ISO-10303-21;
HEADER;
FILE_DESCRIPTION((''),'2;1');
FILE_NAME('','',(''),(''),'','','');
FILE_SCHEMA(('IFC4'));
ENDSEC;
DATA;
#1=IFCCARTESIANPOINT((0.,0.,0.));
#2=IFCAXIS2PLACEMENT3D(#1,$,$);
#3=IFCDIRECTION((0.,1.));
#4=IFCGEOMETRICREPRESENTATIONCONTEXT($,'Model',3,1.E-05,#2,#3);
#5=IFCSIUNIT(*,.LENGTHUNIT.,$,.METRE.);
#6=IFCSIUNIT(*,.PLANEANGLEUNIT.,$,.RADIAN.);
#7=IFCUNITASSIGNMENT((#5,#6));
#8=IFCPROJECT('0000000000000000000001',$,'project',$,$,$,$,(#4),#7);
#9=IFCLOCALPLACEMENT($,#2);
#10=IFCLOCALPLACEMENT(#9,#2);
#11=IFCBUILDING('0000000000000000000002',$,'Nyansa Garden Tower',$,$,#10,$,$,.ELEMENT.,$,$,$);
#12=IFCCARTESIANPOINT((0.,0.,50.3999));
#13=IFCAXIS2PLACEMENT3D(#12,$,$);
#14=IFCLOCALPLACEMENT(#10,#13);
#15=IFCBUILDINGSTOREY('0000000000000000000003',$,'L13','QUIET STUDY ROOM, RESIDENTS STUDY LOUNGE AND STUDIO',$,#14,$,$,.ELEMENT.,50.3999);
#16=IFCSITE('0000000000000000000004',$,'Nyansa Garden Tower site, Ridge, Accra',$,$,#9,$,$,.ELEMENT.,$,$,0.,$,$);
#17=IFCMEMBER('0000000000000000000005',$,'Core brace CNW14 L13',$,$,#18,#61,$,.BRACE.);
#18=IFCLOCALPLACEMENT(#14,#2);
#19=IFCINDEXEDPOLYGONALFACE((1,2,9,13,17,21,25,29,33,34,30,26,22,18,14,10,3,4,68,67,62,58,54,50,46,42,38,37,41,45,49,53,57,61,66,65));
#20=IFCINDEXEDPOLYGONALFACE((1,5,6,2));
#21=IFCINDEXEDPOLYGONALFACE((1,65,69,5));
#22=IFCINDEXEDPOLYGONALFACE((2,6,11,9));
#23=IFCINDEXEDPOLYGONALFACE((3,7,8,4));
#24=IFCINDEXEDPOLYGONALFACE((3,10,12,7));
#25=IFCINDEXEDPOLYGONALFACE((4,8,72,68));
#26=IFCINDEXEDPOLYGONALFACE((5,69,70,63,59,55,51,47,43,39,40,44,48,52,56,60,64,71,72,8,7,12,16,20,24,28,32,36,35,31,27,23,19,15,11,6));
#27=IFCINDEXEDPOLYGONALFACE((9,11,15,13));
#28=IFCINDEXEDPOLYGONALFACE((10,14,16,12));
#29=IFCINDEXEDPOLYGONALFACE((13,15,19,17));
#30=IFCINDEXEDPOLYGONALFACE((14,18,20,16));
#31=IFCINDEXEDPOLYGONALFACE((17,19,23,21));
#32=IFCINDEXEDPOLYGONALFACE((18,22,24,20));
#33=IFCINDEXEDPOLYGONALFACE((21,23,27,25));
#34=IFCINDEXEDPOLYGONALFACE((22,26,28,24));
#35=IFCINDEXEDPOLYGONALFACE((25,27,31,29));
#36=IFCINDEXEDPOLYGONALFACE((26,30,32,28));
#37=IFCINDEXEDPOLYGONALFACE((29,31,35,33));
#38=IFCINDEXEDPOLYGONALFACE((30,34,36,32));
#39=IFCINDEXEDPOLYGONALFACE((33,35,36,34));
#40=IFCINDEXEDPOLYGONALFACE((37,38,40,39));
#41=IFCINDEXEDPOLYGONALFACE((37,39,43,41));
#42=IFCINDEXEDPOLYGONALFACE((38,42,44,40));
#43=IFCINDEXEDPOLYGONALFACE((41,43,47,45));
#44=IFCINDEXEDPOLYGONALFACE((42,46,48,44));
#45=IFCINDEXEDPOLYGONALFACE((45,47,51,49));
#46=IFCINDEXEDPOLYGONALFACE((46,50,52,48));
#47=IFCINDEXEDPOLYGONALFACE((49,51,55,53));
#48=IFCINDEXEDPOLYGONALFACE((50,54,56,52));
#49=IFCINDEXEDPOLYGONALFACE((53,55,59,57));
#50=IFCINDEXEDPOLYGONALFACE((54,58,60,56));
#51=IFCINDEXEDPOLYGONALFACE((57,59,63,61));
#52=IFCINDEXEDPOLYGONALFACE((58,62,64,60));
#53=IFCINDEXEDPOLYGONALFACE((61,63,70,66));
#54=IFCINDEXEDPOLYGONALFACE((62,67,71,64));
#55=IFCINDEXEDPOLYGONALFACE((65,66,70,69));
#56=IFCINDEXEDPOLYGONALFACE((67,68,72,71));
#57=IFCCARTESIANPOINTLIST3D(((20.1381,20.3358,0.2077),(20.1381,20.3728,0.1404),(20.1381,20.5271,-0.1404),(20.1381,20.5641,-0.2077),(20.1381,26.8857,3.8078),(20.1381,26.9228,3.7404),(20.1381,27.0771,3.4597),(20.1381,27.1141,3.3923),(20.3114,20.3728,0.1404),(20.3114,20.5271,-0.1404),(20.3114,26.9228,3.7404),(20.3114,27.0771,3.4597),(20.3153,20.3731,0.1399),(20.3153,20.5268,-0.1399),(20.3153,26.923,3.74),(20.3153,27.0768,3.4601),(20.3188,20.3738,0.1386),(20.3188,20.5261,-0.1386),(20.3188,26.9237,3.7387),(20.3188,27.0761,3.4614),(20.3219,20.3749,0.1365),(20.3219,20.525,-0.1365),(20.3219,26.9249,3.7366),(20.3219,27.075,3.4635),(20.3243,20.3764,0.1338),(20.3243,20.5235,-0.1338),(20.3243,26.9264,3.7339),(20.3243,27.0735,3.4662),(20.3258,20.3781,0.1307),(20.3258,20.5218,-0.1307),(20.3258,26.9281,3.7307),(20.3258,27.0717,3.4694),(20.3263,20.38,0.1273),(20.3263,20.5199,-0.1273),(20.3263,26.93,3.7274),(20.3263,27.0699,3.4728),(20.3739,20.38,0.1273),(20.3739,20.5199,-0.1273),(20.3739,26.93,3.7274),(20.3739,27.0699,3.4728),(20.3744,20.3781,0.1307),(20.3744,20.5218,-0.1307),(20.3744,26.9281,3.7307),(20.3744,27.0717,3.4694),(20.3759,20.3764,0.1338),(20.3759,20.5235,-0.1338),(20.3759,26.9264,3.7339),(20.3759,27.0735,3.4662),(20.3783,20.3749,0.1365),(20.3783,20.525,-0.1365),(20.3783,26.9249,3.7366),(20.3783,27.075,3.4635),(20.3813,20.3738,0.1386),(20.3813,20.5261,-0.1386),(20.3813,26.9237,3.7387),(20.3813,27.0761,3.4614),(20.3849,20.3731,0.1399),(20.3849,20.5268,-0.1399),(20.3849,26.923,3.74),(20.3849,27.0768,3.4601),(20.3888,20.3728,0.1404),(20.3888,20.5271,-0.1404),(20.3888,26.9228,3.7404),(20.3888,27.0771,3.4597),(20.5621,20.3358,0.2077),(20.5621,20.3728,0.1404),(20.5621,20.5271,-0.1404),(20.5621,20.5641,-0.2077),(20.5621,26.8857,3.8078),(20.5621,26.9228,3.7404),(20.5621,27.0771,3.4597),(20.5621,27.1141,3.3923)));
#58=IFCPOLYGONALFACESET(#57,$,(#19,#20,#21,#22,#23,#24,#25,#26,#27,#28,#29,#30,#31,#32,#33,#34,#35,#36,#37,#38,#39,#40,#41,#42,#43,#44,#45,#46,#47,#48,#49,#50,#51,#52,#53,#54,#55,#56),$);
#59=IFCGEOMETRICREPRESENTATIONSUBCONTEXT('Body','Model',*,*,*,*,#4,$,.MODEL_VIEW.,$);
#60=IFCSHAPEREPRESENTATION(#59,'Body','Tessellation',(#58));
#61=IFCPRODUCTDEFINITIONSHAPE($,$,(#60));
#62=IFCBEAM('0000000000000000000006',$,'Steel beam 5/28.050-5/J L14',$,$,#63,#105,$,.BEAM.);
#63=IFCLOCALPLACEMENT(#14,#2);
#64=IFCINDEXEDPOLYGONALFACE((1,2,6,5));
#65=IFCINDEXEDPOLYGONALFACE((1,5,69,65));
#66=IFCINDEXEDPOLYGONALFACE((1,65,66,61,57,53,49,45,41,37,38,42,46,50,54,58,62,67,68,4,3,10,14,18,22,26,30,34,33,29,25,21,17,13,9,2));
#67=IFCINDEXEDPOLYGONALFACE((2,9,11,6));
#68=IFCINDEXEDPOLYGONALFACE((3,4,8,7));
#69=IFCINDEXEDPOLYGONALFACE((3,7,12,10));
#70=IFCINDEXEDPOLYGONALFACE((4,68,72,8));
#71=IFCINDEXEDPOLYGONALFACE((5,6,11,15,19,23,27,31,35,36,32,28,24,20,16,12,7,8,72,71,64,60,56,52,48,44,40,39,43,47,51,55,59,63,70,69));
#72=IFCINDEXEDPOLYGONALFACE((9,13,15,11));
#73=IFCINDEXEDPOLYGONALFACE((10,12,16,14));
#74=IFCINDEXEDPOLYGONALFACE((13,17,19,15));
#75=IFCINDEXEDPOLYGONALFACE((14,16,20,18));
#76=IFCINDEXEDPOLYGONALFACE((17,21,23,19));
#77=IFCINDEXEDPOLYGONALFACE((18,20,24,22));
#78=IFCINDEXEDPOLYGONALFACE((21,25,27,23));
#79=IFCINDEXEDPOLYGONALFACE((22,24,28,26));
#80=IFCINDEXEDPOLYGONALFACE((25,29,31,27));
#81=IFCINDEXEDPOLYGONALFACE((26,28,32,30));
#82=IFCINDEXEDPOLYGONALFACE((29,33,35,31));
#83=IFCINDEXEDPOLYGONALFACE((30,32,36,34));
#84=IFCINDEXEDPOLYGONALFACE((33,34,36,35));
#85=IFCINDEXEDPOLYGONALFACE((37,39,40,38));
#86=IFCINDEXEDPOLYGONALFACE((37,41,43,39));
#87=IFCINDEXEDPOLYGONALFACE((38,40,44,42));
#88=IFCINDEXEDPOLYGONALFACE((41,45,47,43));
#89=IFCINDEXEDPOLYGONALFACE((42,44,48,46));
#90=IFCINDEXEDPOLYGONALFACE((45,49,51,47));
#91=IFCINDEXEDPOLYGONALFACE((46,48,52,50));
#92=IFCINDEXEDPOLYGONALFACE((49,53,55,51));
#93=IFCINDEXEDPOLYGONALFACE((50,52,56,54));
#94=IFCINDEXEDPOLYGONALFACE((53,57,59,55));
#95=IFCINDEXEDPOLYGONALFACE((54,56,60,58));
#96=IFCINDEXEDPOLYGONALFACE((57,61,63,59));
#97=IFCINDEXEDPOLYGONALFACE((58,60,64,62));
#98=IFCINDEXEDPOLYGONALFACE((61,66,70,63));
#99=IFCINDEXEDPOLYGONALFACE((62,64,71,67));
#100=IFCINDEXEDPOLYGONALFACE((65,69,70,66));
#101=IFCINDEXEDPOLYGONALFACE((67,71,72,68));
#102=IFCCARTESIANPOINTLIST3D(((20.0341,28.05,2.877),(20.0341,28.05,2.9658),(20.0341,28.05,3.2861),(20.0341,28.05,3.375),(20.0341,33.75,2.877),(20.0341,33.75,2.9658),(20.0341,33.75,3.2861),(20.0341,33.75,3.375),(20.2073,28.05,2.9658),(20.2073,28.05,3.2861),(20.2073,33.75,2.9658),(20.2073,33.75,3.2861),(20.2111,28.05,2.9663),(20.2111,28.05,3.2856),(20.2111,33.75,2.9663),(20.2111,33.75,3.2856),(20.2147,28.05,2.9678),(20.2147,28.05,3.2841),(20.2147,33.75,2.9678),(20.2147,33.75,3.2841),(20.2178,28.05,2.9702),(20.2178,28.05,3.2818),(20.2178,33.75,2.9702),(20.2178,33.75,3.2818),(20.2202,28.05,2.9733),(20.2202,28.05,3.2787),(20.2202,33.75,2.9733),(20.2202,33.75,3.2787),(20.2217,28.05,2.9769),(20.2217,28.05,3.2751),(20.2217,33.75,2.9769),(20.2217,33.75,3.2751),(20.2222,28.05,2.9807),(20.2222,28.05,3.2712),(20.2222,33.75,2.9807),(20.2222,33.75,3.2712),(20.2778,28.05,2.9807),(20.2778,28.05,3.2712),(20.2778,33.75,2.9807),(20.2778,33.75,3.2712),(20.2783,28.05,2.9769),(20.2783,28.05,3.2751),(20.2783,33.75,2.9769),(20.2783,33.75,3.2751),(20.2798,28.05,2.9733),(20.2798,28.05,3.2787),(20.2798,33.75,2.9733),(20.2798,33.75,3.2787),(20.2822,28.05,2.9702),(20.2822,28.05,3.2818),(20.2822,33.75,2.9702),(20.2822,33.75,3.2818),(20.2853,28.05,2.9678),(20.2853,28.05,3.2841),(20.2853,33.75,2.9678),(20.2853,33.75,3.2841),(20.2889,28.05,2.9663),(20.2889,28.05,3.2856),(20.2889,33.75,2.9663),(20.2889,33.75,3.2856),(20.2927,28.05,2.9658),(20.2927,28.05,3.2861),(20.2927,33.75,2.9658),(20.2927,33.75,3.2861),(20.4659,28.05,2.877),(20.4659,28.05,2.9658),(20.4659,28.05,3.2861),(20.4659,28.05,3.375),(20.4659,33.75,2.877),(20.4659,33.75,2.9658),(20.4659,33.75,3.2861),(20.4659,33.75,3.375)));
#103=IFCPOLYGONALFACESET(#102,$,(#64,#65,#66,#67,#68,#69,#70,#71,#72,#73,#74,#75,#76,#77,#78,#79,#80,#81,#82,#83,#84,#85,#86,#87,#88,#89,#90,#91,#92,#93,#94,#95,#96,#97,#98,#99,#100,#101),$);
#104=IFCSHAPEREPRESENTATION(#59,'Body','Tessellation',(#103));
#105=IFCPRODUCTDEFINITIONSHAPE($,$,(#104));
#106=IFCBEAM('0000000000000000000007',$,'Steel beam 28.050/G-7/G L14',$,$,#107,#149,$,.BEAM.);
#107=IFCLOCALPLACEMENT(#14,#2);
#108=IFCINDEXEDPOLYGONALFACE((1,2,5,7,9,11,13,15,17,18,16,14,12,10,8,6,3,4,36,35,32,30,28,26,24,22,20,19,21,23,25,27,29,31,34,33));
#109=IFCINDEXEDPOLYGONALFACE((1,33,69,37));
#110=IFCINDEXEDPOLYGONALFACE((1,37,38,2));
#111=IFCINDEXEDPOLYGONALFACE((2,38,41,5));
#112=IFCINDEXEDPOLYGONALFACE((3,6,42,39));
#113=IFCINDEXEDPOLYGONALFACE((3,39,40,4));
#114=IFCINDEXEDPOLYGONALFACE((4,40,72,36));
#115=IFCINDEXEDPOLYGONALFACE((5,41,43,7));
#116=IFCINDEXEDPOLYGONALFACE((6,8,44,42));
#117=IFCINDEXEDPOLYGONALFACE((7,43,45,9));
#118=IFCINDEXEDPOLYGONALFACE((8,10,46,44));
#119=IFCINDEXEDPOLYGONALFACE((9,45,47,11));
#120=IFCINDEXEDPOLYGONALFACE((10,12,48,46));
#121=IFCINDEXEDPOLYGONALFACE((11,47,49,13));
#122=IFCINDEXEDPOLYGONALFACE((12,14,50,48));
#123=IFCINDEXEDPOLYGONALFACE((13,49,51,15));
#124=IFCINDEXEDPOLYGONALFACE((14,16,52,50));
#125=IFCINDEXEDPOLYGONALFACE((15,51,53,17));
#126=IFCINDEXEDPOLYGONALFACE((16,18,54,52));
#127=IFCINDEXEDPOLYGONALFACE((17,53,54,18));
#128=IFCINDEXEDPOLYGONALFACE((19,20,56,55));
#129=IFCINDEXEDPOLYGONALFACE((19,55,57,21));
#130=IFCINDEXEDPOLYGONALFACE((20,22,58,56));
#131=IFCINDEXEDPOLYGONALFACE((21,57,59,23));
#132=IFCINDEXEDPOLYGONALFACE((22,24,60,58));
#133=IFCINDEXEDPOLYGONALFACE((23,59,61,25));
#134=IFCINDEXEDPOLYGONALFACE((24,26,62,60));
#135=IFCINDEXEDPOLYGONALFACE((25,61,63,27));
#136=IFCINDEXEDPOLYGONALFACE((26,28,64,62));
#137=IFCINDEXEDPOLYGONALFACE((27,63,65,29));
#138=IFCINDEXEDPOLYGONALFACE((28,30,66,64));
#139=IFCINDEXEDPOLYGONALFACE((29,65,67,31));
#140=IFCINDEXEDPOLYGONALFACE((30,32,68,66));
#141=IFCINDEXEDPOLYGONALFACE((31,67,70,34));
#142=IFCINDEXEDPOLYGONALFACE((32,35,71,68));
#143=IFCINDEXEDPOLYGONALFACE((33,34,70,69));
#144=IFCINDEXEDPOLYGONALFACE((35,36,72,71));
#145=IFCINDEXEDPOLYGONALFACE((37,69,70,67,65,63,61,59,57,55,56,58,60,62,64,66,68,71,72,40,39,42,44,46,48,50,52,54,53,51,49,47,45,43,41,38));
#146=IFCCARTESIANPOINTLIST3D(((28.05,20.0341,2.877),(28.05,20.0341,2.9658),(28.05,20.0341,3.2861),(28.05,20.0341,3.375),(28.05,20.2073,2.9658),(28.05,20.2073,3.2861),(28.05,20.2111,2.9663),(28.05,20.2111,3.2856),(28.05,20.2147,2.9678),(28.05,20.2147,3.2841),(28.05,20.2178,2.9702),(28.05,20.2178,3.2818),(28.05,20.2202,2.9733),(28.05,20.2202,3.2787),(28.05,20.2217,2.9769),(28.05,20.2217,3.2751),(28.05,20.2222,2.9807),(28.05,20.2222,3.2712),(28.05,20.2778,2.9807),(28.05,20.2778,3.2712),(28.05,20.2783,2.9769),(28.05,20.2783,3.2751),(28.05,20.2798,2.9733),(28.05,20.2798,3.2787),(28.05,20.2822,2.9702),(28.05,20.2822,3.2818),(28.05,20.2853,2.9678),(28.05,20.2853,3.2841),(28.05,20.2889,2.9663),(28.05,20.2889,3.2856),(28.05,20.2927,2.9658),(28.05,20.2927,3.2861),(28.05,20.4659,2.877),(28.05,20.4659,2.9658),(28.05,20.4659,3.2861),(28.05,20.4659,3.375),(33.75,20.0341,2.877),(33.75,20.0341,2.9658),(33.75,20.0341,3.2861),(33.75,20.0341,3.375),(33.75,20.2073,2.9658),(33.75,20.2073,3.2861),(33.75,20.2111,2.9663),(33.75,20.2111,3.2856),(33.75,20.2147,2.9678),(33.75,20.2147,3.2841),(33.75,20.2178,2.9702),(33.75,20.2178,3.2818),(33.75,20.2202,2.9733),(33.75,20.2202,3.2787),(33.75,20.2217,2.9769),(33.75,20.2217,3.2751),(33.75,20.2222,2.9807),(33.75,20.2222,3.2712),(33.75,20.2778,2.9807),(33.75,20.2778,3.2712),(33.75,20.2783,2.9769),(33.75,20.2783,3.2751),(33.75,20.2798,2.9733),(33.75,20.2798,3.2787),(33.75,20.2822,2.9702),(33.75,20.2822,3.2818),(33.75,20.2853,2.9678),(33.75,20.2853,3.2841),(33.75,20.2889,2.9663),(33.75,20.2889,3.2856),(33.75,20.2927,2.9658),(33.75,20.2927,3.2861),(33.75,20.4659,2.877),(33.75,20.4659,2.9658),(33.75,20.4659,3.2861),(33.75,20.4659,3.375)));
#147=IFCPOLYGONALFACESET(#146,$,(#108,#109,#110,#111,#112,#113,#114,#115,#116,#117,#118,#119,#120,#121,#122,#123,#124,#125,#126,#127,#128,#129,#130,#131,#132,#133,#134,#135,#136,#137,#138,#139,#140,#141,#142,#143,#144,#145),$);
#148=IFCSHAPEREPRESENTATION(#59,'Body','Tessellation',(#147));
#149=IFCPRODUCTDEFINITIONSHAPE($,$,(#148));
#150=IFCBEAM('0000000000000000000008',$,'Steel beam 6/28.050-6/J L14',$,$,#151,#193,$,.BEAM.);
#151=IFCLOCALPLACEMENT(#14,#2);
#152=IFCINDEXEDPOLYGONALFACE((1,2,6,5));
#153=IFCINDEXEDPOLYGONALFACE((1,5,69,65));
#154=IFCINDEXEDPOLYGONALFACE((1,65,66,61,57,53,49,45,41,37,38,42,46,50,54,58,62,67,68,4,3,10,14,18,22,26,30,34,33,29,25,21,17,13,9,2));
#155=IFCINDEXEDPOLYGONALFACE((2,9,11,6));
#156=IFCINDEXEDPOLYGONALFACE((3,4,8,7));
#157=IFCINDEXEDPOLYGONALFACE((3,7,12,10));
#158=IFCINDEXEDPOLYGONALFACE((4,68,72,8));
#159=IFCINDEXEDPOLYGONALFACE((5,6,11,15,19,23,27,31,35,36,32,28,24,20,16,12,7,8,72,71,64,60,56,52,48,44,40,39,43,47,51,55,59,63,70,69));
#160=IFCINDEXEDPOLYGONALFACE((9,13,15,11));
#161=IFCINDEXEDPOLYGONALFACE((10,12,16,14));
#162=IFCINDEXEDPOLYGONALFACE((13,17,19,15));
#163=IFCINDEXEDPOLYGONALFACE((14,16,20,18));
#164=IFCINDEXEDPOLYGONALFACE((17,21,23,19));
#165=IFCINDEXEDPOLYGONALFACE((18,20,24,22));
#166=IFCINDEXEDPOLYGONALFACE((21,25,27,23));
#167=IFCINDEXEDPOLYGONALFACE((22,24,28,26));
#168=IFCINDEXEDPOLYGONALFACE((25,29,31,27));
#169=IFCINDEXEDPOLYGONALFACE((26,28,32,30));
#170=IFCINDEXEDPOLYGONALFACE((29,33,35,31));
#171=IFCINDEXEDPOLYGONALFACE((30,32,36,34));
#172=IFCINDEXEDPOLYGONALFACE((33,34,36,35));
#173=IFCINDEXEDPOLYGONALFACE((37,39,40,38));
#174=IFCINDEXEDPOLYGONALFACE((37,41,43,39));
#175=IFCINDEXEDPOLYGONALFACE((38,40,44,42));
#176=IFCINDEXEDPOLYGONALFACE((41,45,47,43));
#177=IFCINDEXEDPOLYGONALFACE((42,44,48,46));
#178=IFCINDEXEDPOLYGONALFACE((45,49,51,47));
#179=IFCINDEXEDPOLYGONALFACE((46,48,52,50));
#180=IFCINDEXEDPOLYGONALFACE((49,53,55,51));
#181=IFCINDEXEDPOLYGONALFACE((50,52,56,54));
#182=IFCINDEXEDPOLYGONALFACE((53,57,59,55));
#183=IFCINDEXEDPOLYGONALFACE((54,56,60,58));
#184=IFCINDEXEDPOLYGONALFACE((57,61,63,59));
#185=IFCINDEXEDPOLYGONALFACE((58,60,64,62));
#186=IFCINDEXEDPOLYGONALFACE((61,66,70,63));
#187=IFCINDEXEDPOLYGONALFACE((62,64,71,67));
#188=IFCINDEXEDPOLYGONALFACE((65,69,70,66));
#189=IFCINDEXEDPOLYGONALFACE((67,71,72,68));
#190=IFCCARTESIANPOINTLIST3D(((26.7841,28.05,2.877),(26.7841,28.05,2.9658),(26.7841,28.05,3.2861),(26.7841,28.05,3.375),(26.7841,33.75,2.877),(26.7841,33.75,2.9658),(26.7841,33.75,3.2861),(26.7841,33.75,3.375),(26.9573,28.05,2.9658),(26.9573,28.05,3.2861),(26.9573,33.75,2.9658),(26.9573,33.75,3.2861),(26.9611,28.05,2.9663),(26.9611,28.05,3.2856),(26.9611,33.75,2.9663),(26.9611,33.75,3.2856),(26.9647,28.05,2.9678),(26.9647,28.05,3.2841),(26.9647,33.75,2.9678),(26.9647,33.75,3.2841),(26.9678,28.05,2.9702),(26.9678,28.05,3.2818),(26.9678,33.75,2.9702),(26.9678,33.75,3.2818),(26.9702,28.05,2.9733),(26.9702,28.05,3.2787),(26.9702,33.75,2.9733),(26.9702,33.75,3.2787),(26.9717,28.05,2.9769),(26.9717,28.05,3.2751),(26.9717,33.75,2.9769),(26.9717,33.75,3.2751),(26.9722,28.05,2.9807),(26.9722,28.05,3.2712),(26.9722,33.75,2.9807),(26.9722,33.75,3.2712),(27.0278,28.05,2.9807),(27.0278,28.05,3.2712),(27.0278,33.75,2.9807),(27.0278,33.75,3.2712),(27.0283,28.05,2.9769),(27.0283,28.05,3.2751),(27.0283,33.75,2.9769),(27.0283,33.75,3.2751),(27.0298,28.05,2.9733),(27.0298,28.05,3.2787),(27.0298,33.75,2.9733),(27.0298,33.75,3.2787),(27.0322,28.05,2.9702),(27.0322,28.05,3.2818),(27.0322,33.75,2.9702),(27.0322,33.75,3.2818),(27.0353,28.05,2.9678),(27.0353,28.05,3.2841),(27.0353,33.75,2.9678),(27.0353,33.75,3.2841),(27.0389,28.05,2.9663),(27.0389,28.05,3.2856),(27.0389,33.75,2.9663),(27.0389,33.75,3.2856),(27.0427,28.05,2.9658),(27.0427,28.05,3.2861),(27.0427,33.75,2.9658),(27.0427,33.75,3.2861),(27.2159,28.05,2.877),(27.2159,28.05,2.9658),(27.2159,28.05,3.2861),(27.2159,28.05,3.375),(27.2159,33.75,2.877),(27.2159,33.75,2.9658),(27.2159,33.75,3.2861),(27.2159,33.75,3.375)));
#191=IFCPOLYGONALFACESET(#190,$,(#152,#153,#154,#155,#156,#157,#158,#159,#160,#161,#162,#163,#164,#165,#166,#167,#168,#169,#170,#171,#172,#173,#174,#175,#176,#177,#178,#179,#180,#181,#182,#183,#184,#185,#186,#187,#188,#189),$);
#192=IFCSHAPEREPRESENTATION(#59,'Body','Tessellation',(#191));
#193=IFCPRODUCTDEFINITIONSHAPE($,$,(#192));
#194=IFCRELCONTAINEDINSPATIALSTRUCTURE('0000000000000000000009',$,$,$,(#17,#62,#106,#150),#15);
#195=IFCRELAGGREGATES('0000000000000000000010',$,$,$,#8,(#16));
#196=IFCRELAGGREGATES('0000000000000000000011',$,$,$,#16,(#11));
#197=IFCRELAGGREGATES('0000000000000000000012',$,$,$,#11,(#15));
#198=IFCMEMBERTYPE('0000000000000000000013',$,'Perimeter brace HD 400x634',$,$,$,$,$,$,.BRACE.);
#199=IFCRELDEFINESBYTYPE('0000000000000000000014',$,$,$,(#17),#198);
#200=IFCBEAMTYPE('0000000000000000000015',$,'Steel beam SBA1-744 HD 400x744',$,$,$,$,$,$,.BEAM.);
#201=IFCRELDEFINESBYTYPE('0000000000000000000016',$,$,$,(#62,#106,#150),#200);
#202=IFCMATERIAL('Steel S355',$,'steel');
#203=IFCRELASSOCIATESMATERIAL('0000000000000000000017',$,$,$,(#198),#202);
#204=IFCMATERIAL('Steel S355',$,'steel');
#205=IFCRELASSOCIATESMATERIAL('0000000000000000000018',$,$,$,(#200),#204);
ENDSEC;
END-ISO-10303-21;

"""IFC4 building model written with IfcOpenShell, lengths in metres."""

from ifc_helpers import new_model, si_unit, direction, frame, origin, origin_2d, place, context, subcontext, project, spatial, i_section, extrude, material, material_profile, profile_set, type_object, element, save


model = new_model("IFC4")

# Units and contexts
model_context = context("Model", 3, precision=1e-05, world=origin(), true_north=direction((0.0, 1.0)))
body_context = subcontext(model_context, "Body", "Model", "MODEL_VIEW")
ifc_project = project(units=[si_unit("LENGTHUNIT", "METRE"), si_unit("PLANEANGLEUNIT", "RADIAN")], contexts=[model_context])

# Site, building, storey
site_placement = place(None, origin())
site = spatial("IfcSite", under=ifc_project, at=site_placement, Name="Nyansa Garden Tower site, Ridge, Accra", CompositionType="ELEMENT", RefElevation=0.0)
building_placement = place(site_placement, origin())
building = spatial("IfcBuilding", under=site, at=building_placement, Name="Nyansa Garden Tower", CompositionType="ELEMENT")
storey_placement = place(building_placement, frame((0.0, 0.0, 50.3999)))
storey = spatial("IfcBuildingStorey", under=building, at=storey_placement, Name="L13", Description="QUIET STUDY ROOM, RESIDENTS STUDY LOUNGE AND STUDIO", CompositionType="ELEMENT", Elevation=50.3999)

# Member
ifc_material_1 = material(Name="Steel S355", Category="steel")
ifc_material_profile_1 = material_profile(ifc_material_1, i_section(OverallWidth=0.4241, OverallDepth=0.4741, WebThickness=0.0476, FlangeThickness=0.0769, FilletRadius=0.0149, at=origin_2d()), Name="HD 400x634")
ifc_profile_set_1 = profile_set([ifc_material_profile_1], Name="Steel S355")
member_type = type_object("IfcMemberType", Name="Perimeter brace HD 400x634", PredefinedType="BRACE", material=ifc_profile_set_1)
for number, where, z_axis, x_axis, name in (
    (1, (20.3501, 20.45, 0.0), (0.0, 0.876353, 0.481669), (-1.0, 0.0, 0.0), "Core brace CNW14 L13"),
):
    element("IfcMember", number, at=place(storey_placement, frame(where, z_axis=z_axis, x_axis=x_axis)), inside=storey, type_object=member_type, Name=name, PredefinedType="BRACE", context=body_context, shape_type="SweptSolid", body=[
        extrude(i_section(OverallWidth=0.4241, OverallDepth=0.4741, WebThickness=0.0476, FlangeThickness=0.0769, FilletRadius=0.0149, at=origin_2d()), origin(), (0.0, 0.0, 1.0), 7.4741),
    ])

# Beams
ifc_material_2 = material(Name="Steel S355", Category="steel")
ifc_material_profile_2 = material_profile(ifc_material_2, i_section(OverallWidth=0.4319, OverallDepth=0.498, WebThickness=0.0557, FlangeThickness=0.0889, FilletRadius=0.0149, at=origin_2d()), Name="HD 400x744")
ifc_profile_set_2 = profile_set([ifc_material_profile_2], Name="Steel S355")
beam_type_1 = type_object("IfcBeamType", Name="Steel beam SBA1-744 HD 400x744", PredefinedType="BEAM", material=ifc_profile_set_2)
for number, where, z_axis, x_axis, name in (
    (2, (20.25, 28.05, 3.126), (0.0, 1.0, 0.0), (-1.0, 0.0, 0.0), "Steel beam 5/28.050-5/J L14"),
    (3, (28.05, 20.25, 3.126), (1.0, 0.0, 0.0), (0.0, 1.0, 0.0), "Steel beam 28.050/G-7/G L14"),
    (4, (27.0, 28.05, 3.126), (0.0, 1.0, 0.0), (-1.0, 0.0, 0.0), "Steel beam 6/28.050-6/J L14"),
):
    element("IfcBeam", number, at=place(storey_placement, frame(where, z_axis=z_axis, x_axis=x_axis)), inside=storey, type_object=beam_type_1, Name=name, PredefinedType="BEAM", context=body_context, shape_type="SweptSolid", body=[
        extrude(i_section(OverallWidth=0.4319, OverallDepth=0.498, WebThickness=0.0557, FlangeThickness=0.0889, FilletRadius=0.0149, at=origin_2d()), origin(), (0.0, 0.0, 1.0), 5.7),
    ])

save(model, "model.ifc")
